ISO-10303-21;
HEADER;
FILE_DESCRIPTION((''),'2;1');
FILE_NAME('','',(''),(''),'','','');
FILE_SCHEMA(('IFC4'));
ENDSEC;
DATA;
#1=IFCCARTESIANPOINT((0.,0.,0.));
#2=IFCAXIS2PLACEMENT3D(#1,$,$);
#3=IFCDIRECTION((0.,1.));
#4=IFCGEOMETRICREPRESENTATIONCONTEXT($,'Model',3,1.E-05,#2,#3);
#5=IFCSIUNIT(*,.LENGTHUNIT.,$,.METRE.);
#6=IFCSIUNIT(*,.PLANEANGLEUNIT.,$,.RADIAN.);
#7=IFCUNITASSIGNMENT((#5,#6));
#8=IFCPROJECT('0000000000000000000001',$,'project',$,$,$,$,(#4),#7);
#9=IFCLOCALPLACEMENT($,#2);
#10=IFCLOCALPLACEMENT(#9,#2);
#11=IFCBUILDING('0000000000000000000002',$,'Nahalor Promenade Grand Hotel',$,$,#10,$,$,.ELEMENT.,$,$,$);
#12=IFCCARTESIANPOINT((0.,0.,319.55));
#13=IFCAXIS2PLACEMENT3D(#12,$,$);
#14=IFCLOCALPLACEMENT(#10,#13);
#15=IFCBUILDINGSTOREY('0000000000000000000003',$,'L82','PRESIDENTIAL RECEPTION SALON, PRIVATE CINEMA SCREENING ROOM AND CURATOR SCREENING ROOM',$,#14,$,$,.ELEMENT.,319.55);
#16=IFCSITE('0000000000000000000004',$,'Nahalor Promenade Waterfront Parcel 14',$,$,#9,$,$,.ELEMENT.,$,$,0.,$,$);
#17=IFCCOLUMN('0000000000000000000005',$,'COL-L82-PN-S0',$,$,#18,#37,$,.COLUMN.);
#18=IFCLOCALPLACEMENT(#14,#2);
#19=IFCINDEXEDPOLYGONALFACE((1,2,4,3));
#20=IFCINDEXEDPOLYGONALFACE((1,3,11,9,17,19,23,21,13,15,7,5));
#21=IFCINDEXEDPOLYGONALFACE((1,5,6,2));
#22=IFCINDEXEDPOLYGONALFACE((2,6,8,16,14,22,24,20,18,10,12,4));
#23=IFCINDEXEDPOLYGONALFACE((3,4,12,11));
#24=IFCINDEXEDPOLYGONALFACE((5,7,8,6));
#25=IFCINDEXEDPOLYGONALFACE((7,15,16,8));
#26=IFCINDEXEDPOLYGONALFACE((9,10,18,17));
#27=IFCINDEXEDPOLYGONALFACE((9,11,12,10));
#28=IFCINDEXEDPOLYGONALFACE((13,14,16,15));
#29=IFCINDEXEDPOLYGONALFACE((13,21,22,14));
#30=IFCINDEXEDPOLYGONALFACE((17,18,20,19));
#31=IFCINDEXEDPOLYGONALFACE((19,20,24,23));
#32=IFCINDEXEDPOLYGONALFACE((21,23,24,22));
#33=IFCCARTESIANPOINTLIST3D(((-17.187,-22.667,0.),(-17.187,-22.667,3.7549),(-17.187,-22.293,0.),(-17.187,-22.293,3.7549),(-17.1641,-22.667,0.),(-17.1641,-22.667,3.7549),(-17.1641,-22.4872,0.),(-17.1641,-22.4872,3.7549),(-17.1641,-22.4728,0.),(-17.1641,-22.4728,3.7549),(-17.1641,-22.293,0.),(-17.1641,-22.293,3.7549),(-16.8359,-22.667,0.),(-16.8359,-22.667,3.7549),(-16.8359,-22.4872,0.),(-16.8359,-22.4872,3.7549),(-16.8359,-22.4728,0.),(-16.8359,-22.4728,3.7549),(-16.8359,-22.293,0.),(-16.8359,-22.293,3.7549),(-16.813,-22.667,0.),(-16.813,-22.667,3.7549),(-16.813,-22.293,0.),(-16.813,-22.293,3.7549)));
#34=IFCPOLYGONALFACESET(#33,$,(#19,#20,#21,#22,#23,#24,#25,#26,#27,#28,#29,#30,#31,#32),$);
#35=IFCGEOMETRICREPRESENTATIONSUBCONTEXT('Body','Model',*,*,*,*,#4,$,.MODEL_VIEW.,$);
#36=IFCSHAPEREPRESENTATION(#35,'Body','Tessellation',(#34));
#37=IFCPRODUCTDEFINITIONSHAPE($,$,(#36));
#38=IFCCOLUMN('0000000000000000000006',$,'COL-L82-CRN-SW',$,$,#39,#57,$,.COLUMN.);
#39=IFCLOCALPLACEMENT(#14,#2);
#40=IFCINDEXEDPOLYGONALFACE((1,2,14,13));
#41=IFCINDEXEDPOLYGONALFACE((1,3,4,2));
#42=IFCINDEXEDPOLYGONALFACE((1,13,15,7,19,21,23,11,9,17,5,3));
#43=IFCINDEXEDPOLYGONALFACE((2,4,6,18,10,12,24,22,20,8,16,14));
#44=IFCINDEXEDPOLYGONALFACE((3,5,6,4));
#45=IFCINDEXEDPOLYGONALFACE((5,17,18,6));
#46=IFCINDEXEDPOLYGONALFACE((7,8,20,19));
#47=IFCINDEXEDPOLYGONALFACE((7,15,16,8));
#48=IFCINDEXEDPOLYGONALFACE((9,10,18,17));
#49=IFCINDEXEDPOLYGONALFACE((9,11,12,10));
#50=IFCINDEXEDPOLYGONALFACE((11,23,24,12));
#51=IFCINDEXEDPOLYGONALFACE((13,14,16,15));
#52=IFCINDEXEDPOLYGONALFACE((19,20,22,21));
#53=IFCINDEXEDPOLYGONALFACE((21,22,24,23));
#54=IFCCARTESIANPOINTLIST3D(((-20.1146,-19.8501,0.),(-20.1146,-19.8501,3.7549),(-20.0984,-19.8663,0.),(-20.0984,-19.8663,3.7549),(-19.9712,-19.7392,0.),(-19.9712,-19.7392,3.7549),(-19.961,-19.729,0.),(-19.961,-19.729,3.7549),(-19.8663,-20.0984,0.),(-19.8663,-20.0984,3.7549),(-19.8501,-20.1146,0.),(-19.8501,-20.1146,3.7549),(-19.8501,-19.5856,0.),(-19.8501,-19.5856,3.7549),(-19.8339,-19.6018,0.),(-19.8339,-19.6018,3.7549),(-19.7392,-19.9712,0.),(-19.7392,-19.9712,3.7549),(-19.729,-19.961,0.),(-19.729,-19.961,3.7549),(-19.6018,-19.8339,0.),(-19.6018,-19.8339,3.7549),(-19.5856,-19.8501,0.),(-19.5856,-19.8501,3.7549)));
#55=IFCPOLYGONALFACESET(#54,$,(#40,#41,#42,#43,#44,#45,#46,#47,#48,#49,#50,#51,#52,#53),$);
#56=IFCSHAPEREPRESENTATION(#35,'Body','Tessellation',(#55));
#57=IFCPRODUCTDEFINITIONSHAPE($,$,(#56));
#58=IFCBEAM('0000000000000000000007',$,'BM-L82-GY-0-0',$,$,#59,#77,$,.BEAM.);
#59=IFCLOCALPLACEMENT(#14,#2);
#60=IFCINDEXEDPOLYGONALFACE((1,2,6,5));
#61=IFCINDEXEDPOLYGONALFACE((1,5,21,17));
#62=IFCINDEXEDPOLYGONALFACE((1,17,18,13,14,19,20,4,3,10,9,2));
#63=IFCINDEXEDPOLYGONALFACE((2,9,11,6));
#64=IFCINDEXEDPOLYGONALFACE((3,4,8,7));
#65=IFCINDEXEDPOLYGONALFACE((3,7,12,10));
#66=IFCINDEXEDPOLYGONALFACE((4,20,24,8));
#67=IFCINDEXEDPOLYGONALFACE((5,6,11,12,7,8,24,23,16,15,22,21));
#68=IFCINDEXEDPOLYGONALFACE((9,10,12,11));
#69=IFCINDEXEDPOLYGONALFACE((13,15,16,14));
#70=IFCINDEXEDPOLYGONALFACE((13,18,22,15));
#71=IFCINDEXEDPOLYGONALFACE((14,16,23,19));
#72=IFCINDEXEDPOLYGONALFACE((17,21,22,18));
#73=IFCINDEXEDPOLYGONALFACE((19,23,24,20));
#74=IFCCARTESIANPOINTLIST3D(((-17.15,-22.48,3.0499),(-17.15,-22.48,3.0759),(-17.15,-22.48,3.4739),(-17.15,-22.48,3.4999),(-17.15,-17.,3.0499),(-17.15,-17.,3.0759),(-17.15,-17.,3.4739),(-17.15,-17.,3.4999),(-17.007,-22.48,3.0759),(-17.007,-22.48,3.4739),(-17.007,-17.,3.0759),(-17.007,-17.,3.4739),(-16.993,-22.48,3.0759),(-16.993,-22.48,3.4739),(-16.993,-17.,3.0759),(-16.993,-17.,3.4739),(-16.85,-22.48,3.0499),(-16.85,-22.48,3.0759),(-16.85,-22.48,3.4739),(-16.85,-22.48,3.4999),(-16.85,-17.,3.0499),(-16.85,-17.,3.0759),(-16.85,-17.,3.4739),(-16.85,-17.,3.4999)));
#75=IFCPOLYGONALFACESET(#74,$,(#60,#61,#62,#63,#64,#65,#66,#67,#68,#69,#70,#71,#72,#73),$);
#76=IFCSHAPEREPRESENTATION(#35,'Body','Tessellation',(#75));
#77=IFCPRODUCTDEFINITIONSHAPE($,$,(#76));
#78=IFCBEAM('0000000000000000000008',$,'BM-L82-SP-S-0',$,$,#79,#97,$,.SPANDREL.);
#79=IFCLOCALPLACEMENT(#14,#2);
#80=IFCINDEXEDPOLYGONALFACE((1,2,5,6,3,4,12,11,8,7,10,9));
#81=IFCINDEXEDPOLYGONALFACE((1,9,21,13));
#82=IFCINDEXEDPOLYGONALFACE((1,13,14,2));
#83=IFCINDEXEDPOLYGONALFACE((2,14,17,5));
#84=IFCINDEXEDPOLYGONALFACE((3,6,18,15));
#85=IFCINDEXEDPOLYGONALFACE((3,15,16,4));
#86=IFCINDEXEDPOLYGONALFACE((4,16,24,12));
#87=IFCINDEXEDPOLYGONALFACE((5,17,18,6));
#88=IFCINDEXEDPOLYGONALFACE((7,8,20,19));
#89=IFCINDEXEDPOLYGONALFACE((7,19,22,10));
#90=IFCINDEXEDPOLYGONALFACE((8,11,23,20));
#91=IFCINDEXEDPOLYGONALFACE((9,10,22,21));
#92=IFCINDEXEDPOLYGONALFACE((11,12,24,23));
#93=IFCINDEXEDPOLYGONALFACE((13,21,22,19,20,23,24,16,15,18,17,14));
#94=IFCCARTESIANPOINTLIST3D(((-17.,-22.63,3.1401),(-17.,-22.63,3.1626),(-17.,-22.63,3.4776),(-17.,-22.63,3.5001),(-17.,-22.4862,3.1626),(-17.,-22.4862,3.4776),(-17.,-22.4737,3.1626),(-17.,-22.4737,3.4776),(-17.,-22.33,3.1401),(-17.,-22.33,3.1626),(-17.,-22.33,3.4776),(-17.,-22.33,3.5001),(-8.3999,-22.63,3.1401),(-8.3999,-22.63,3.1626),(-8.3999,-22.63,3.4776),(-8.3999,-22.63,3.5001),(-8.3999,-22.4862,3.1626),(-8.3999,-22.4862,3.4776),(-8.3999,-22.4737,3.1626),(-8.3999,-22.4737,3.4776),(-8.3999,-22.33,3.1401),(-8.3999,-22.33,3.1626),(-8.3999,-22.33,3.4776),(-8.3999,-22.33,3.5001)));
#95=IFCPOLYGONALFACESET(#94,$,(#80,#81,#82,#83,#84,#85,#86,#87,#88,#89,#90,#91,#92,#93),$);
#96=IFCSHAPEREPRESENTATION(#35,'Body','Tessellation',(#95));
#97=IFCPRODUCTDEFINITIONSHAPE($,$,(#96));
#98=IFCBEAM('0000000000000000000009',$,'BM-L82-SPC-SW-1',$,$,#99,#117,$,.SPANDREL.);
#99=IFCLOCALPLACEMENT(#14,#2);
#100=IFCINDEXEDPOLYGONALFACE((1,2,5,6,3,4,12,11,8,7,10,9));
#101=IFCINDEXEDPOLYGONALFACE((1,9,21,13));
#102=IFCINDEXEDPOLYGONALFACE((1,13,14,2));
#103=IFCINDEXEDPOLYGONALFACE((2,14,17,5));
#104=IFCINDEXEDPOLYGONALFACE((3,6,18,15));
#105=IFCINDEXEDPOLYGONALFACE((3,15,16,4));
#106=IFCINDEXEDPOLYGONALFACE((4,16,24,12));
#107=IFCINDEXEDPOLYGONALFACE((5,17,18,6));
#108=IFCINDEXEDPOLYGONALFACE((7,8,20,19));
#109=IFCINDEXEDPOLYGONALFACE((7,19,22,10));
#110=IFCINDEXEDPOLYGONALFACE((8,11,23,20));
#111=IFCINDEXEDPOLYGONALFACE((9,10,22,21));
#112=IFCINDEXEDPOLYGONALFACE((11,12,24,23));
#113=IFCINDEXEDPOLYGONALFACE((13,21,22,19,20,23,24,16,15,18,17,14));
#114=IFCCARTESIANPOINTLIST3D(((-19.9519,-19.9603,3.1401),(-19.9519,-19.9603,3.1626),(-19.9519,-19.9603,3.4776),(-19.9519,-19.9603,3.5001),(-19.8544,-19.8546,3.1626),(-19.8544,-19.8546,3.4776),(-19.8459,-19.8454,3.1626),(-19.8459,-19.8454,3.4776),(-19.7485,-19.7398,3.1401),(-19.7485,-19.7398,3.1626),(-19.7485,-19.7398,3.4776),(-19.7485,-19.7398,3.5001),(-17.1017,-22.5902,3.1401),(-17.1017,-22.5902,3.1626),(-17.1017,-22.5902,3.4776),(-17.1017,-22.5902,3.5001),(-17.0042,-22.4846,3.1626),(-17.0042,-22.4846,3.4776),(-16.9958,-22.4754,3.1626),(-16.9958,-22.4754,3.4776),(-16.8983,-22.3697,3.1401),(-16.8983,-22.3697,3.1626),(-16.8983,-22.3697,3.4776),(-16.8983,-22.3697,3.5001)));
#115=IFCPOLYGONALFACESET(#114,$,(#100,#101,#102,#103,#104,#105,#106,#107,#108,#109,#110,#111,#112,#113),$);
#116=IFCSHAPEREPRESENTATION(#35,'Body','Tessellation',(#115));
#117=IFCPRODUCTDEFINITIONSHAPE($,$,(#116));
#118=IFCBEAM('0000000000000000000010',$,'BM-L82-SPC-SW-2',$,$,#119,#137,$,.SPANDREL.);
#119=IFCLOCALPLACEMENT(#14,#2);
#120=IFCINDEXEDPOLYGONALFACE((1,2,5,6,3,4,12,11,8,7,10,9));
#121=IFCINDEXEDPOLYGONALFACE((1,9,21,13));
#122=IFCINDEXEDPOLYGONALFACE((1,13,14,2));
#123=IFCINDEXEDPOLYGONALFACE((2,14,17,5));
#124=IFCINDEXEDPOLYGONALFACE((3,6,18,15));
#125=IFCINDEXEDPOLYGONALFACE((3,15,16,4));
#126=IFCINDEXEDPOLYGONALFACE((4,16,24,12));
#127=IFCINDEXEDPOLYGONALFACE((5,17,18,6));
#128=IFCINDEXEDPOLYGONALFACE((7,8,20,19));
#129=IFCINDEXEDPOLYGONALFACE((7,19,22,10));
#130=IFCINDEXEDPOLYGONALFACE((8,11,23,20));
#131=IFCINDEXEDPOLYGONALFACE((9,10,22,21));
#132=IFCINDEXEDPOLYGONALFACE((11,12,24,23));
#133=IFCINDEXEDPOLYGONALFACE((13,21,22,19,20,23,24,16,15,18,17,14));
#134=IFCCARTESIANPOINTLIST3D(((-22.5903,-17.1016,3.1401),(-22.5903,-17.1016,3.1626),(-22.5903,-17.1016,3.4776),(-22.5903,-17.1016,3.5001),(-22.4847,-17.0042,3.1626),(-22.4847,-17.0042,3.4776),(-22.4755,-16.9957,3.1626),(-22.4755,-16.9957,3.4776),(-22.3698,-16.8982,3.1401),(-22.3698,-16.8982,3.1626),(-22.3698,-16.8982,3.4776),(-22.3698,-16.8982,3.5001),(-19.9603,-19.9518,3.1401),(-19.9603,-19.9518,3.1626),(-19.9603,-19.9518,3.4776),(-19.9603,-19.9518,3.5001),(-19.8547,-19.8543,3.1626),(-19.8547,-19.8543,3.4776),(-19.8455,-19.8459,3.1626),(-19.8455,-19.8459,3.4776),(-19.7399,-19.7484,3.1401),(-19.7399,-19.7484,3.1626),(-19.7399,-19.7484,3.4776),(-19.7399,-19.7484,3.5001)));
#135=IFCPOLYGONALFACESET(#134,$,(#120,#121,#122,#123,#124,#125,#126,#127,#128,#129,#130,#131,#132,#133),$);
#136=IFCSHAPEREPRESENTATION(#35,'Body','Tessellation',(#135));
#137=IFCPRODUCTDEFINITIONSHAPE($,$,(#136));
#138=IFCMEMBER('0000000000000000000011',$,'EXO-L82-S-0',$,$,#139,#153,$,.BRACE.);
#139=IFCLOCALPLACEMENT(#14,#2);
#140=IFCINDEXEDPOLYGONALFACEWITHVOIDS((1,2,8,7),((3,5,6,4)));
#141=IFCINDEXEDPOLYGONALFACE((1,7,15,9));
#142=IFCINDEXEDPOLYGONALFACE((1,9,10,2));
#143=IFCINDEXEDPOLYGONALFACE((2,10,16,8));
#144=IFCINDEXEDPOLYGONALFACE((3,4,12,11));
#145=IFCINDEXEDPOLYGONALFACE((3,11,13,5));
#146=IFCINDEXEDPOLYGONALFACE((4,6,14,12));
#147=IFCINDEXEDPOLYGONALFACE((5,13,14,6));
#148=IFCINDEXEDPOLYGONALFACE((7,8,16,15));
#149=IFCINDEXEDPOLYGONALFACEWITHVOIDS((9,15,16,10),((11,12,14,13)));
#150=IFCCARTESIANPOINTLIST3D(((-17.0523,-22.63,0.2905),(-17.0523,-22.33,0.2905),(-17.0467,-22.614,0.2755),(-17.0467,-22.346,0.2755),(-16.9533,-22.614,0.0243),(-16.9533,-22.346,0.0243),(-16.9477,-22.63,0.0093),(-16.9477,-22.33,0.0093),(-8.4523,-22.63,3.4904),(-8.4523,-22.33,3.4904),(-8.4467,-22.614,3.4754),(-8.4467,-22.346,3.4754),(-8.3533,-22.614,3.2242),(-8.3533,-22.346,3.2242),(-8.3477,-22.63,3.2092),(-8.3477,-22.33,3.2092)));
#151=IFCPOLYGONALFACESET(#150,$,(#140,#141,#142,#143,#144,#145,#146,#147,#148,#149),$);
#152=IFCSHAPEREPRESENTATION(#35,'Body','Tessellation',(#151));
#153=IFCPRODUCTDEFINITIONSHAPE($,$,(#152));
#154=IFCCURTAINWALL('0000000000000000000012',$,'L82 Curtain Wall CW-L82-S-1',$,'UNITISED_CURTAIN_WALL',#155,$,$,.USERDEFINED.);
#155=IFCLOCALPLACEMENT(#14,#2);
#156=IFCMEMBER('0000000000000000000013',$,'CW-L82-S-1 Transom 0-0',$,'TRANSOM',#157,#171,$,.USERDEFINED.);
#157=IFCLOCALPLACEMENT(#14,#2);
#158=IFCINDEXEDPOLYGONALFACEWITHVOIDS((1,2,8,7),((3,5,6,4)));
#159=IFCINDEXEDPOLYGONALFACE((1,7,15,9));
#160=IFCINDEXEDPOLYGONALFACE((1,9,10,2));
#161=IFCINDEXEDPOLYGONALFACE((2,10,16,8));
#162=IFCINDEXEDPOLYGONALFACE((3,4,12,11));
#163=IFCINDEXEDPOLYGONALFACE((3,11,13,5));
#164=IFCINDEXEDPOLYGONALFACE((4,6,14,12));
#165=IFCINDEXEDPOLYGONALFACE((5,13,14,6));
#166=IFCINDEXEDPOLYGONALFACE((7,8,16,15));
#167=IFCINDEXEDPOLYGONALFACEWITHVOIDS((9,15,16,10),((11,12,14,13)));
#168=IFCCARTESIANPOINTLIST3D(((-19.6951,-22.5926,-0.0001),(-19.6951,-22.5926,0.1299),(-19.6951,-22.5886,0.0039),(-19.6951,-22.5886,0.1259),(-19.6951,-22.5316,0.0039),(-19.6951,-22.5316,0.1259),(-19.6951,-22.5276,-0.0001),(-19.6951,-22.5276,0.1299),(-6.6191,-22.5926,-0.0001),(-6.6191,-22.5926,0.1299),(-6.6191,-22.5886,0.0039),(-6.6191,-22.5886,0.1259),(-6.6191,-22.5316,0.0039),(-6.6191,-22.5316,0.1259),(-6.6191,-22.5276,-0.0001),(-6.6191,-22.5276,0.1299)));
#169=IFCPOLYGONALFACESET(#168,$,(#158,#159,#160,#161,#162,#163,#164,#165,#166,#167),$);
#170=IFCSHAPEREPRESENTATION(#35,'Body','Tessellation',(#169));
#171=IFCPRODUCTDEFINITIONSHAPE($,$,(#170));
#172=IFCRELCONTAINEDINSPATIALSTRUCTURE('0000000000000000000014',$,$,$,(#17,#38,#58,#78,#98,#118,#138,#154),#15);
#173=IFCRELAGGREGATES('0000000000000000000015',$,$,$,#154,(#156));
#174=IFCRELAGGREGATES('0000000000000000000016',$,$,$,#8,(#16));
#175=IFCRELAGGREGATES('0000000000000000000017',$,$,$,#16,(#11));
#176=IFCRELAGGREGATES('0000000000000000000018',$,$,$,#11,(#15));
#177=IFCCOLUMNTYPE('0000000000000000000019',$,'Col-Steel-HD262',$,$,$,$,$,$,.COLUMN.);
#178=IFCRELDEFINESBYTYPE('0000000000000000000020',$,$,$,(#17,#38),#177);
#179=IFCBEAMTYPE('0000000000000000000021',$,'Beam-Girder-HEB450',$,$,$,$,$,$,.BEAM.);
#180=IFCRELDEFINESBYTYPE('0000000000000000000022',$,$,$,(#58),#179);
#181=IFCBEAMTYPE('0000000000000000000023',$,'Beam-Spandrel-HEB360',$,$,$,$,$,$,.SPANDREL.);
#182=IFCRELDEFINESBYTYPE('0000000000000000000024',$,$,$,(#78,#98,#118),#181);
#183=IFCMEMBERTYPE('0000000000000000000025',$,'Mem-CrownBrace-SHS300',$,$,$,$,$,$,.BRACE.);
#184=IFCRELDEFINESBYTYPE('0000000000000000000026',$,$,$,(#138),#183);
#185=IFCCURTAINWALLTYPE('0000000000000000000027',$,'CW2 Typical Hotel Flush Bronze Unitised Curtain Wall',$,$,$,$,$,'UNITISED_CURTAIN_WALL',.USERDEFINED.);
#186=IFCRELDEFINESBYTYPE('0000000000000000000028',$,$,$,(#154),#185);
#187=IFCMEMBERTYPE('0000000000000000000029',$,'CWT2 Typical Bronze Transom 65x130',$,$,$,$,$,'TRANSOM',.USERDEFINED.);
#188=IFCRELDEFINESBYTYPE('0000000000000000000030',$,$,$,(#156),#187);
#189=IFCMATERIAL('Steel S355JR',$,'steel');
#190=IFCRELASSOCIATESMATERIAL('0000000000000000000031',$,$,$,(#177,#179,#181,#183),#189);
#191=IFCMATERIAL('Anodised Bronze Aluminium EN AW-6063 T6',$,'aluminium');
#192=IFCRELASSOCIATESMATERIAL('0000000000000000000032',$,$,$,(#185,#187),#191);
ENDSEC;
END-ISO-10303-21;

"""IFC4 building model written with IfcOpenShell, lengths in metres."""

from ifc_helpers import new_model, si_unit, direction, frame, origin, origin_2d, place, context, subcontext, project, spatial, hollow_rectangle, i_section, extrude, source, transform, mapped, material, material_profile, profile_set, type_object, element, aggregate, save


model = new_model("IFC4")

# Units and contexts
model_context = context("Model", 3, precision=1e-05, world=origin(), true_north=direction((0.0, 1.0)))
body_context = subcontext(model_context, "Body", "Model", "MODEL_VIEW")
ifc_project = project(units=[si_unit("LENGTHUNIT", "METRE"), si_unit("PLANEANGLEUNIT", "RADIAN")], contexts=[model_context])

# Site, building, storey
site_placement = place(None, origin())
site = spatial("IfcSite", under=ifc_project, at=site_placement, Name="Nahalor Promenade Waterfront Parcel 14", CompositionType="ELEMENT", RefElevation=0.0)
building_placement = place(site_placement, origin())
building = spatial("IfcBuilding", under=site, at=building_placement, Name="Nahalor Promenade Grand Hotel", CompositionType="ELEMENT")
storey_placement = place(building_placement, frame((0.0, 0.0, 319.55)))
storey = spatial("IfcBuildingStorey", under=building, at=storey_placement, Name="L82", Description="PRESIDENTIAL RECEPTION SALON, PRIVATE CINEMA SCREENING ROOM AND CURATOR SCREENING ROOM", CompositionType="ELEMENT", Elevation=319.55)

# Columns
ifc_material_1 = material(Name="Steel S355JR", Category="steel")
ifc_material_profile_1 = material_profile(ifc_material_1, i_section(OverallWidth=0.374, OverallDepth=0.374, WebThickness=0.0144, FlangeThickness=0.0229, at=origin_2d()), Name="HD 360x262")
ifc_profile_set_1 = profile_set([ifc_material_profile_1], Name="Steel S355JR")
column_type = type_object("IfcColumnType", Name="Col-Steel-HD262", PredefinedType="COLUMN", material=ifc_profile_set_1)
shared_shape_1 = source(origin(), body_context, "Body", "SweptSolid", [
    extrude(i_section(OverallWidth=0.374, OverallDepth=0.374, WebThickness=0.0144, FlangeThickness=0.0229, at=origin_2d()), origin(), (0.0, 0.0, 1.0), 3.7549),
])
for number, where, z_axis, x_axis, name in (
    (1, (-17.0, -22.48, 0.0), (0.0, 0.0, 1.0), (0.0, 1.0, 0.0), "COL-L82-PN-S0"),
    (2, (-19.8501, -19.8501, 0.0), (0.0, 0.0, 1.0), (0.707107, 0.707107, 0.0), "COL-L82-CRN-SW"),
):
    element("IfcColumn", number, at=place(storey_placement, frame(where, z_axis=z_axis, x_axis=x_axis)), inside=storey, type_object=column_type, Name=name, PredefinedType="COLUMN", context=body_context, shape_type="MappedRepresentation", body=[
        mapped(shared_shape_1, transform((0.0, 0.0, 0.0), scale=1.0)),
    ])

# Beams
ifc_material_profile_2 = material_profile(ifc_material_1, i_section(OverallWidth=0.3, OverallDepth=0.45, WebThickness=0.014, FlangeThickness=0.026, at=origin_2d()), Name="HEB 450")
ifc_profile_set_2 = profile_set([ifc_material_profile_2], Name="Steel S355JR")
beam_type_1 = type_object("IfcBeamType", Name="Beam-Girder-HEB450", PredefinedType="BEAM", material=ifc_profile_set_2)
shared_shape_2 = source(origin(), body_context, "Body", "SweptSolid", [
    extrude(i_section(OverallWidth=0.3, OverallDepth=0.45, WebThickness=0.014, FlangeThickness=0.026, at=origin_2d()), origin(), (0.0, 0.0, 1.0), 5.48),
])
beam_1_placement = place(storey_placement, frame((-17.0, -22.48, 3.2749), z_axis=(0.0, 1.0, 0.0), x_axis=(-1.0, 0.0, 0.0)))
element("IfcBeam", 3, at=beam_1_placement, inside=storey, type_object=beam_type_1, Name="BM-L82-GY-0-0", PredefinedType="BEAM", context=body_context, shape_type="MappedRepresentation", body=[
    mapped(shared_shape_2, transform((0.0, 0.0, 0.0), scale=1.0)),
])
ifc_material_profile_3 = material_profile(ifc_material_1, i_section(OverallWidth=0.3, OverallDepth=0.36, WebThickness=0.0125, FlangeThickness=0.0225, at=origin_2d()), Name="HEB 360")
ifc_profile_set_3 = profile_set([ifc_material_profile_3], Name="Steel S355JR")
beam_type_2 = type_object("IfcBeamType", Name="Beam-Spandrel-HEB360", PredefinedType="SPANDREL", material=ifc_profile_set_3)
shared_shape_3 = source(origin(), body_context, "Body", "SweptSolid", [
    extrude(i_section(OverallWidth=0.3, OverallDepth=0.36, WebThickness=0.0125, FlangeThickness=0.0225, at=origin_2d()), origin(), (0.0, 0.0, 1.0), 8.6001),
])
beam_2_placement = place(storey_placement, frame((-17.0, -22.48, 3.3201), z_axis=(1.0, 0.0, 0.0), x_axis=(0.0, 1.0, 0.0)))
element("IfcBeam", 4, at=beam_2_placement, inside=storey, type_object=beam_type_2, Name="BM-L82-SP-S-0", PredefinedType="SPANDREL", context=body_context, shape_type="MappedRepresentation", body=[
    mapped(shared_shape_3, transform((0.0, 0.0, 0.0), scale=1.0)),
])
shared_shape_4 = source(origin(), body_context, "Body", "SweptSolid", [
    extrude(i_section(OverallWidth=0.3, OverallDepth=0.36, WebThickness=0.0125, FlangeThickness=0.0225, at=origin_2d()), origin(), (0.0, 0.0, 1.0), 3.8782),
])
for number, where, z_axis, x_axis, name in (
    (5, (-17.0, -22.48, 3.3201), (-0.734929, 0.678144, 0.0), (-0.678144, -0.734929, 0.0), "BM-L82-SPC-SW-1"),
    (6, (-19.8501, -19.8501, 3.3201), (-0.678144, 0.734929, 0.0), (-0.734929, -0.678144, 0.0), "BM-L82-SPC-SW-2"),
):
    element("IfcBeam", number, at=place(storey_placement, frame(where, z_axis=z_axis, x_axis=x_axis)), inside=storey, type_object=beam_type_2, Name=name, PredefinedType="SPANDREL", context=body_context, shape_type="MappedRepresentation", body=[
        mapped(shared_shape_4, transform((0.0, 0.0, 0.0), scale=1.0)),
    ])

# Member
ifc_material_profile_4 = material_profile(ifc_material_1, hollow_rectangle(XDim=0.3, YDim=0.3, WallThickness=0.016, at=origin_2d()), Name="SHS 300x300x16")
ifc_profile_set_4 = profile_set([ifc_material_profile_4], Name="Steel S355JR")
member_type_1 = type_object("IfcMemberType", Name="Mem-CrownBrace-SHS300", PredefinedType="BRACE", material=ifc_profile_set_4)
shared_shape_5 = source(origin(), body_context, "Body", "SweptSolid", [
    extrude(hollow_rectangle(XDim=0.3, YDim=0.3, WallThickness=0.016, at=origin_2d()), origin(), (0.0, 0.0, 1.0), 9.176),
])
member_1_placement = place(storey_placement, frame((-17.0, -22.48, 0.1499), z_axis=(0.937225, 0.0, 0.348726), x_axis=(0.0, 1.0, 0.0)))
element("IfcMember", 7, at=member_1_placement, inside=storey, type_object=member_type_1, Name="EXO-L82-S-0", PredefinedType="BRACE", context=body_context, shape_type="MappedRepresentation", body=[
    mapped(shared_shape_5, transform((0.0, 0.0, 0.0), scale=1.0)),
])

# Curtain wall, member
ifc_material_2 = material(Name="Anodised Bronze Aluminium EN AW-6063 T6", Category="aluminium")
curtain_wall_type = type_object("IfcCurtainWallType", Name="CW2 Typical Hotel Flush Bronze Unitised Curtain Wall", ElementType="UNITISED_CURTAIN_WALL", PredefinedType="USERDEFINED", material=ifc_material_2)
curtain_wall_placement = place(storey_placement, origin())
curtain_wall = element("IfcCurtainWall", 8, at=curtain_wall_placement, inside=storey, type_object=curtain_wall_type, Name="L82 Curtain Wall CW-L82-S-1", ObjectType="UNITISED_CURTAIN_WALL", PredefinedType="USERDEFINED")
ifc_material_profile_5 = material_profile(ifc_material_2, hollow_rectangle(XDim=0.065, YDim=0.13, WallThickness=0.004, at=origin_2d()), Name="CWT 65x130x4")
ifc_profile_set_5 = profile_set([ifc_material_profile_5], Name="Anodised Bronze Aluminium EN AW-6063 T6")
member_type_2 = type_object("IfcMemberType", Name="CWT2 Typical Bronze Transom 65x130", ElementType="TRANSOM", PredefinedType="USERDEFINED", material=ifc_profile_set_5)
shared_shape_6 = source(origin(), body_context, "Body", "SweptSolid", [
    extrude(hollow_rectangle(XDim=0.065, YDim=0.13, WallThickness=0.004, at=origin_2d()), origin(), (0.0, 0.0, 1.0), 13.0759),
])
member_2_placement = place(storey_placement, frame((-19.6951, -22.5601, 0.0649), z_axis=(1.0, 0.0, 0.0), x_axis=(0.0, 1.0, 0.0)))
member_2 = element("IfcMember", 9, at=member_2_placement, type_object=member_type_2, Name="CW-L82-S-1 Transom 0-0", ObjectType="TRANSOM", PredefinedType="USERDEFINED", context=body_context, shape_type="MappedRepresentation", body=[
    mapped(shared_shape_6, transform((0.0, 0.0, 0.0), scale=1.0)),
])
aggregate(curtain_wall, [member_2])

save(model, "model.ifc")
